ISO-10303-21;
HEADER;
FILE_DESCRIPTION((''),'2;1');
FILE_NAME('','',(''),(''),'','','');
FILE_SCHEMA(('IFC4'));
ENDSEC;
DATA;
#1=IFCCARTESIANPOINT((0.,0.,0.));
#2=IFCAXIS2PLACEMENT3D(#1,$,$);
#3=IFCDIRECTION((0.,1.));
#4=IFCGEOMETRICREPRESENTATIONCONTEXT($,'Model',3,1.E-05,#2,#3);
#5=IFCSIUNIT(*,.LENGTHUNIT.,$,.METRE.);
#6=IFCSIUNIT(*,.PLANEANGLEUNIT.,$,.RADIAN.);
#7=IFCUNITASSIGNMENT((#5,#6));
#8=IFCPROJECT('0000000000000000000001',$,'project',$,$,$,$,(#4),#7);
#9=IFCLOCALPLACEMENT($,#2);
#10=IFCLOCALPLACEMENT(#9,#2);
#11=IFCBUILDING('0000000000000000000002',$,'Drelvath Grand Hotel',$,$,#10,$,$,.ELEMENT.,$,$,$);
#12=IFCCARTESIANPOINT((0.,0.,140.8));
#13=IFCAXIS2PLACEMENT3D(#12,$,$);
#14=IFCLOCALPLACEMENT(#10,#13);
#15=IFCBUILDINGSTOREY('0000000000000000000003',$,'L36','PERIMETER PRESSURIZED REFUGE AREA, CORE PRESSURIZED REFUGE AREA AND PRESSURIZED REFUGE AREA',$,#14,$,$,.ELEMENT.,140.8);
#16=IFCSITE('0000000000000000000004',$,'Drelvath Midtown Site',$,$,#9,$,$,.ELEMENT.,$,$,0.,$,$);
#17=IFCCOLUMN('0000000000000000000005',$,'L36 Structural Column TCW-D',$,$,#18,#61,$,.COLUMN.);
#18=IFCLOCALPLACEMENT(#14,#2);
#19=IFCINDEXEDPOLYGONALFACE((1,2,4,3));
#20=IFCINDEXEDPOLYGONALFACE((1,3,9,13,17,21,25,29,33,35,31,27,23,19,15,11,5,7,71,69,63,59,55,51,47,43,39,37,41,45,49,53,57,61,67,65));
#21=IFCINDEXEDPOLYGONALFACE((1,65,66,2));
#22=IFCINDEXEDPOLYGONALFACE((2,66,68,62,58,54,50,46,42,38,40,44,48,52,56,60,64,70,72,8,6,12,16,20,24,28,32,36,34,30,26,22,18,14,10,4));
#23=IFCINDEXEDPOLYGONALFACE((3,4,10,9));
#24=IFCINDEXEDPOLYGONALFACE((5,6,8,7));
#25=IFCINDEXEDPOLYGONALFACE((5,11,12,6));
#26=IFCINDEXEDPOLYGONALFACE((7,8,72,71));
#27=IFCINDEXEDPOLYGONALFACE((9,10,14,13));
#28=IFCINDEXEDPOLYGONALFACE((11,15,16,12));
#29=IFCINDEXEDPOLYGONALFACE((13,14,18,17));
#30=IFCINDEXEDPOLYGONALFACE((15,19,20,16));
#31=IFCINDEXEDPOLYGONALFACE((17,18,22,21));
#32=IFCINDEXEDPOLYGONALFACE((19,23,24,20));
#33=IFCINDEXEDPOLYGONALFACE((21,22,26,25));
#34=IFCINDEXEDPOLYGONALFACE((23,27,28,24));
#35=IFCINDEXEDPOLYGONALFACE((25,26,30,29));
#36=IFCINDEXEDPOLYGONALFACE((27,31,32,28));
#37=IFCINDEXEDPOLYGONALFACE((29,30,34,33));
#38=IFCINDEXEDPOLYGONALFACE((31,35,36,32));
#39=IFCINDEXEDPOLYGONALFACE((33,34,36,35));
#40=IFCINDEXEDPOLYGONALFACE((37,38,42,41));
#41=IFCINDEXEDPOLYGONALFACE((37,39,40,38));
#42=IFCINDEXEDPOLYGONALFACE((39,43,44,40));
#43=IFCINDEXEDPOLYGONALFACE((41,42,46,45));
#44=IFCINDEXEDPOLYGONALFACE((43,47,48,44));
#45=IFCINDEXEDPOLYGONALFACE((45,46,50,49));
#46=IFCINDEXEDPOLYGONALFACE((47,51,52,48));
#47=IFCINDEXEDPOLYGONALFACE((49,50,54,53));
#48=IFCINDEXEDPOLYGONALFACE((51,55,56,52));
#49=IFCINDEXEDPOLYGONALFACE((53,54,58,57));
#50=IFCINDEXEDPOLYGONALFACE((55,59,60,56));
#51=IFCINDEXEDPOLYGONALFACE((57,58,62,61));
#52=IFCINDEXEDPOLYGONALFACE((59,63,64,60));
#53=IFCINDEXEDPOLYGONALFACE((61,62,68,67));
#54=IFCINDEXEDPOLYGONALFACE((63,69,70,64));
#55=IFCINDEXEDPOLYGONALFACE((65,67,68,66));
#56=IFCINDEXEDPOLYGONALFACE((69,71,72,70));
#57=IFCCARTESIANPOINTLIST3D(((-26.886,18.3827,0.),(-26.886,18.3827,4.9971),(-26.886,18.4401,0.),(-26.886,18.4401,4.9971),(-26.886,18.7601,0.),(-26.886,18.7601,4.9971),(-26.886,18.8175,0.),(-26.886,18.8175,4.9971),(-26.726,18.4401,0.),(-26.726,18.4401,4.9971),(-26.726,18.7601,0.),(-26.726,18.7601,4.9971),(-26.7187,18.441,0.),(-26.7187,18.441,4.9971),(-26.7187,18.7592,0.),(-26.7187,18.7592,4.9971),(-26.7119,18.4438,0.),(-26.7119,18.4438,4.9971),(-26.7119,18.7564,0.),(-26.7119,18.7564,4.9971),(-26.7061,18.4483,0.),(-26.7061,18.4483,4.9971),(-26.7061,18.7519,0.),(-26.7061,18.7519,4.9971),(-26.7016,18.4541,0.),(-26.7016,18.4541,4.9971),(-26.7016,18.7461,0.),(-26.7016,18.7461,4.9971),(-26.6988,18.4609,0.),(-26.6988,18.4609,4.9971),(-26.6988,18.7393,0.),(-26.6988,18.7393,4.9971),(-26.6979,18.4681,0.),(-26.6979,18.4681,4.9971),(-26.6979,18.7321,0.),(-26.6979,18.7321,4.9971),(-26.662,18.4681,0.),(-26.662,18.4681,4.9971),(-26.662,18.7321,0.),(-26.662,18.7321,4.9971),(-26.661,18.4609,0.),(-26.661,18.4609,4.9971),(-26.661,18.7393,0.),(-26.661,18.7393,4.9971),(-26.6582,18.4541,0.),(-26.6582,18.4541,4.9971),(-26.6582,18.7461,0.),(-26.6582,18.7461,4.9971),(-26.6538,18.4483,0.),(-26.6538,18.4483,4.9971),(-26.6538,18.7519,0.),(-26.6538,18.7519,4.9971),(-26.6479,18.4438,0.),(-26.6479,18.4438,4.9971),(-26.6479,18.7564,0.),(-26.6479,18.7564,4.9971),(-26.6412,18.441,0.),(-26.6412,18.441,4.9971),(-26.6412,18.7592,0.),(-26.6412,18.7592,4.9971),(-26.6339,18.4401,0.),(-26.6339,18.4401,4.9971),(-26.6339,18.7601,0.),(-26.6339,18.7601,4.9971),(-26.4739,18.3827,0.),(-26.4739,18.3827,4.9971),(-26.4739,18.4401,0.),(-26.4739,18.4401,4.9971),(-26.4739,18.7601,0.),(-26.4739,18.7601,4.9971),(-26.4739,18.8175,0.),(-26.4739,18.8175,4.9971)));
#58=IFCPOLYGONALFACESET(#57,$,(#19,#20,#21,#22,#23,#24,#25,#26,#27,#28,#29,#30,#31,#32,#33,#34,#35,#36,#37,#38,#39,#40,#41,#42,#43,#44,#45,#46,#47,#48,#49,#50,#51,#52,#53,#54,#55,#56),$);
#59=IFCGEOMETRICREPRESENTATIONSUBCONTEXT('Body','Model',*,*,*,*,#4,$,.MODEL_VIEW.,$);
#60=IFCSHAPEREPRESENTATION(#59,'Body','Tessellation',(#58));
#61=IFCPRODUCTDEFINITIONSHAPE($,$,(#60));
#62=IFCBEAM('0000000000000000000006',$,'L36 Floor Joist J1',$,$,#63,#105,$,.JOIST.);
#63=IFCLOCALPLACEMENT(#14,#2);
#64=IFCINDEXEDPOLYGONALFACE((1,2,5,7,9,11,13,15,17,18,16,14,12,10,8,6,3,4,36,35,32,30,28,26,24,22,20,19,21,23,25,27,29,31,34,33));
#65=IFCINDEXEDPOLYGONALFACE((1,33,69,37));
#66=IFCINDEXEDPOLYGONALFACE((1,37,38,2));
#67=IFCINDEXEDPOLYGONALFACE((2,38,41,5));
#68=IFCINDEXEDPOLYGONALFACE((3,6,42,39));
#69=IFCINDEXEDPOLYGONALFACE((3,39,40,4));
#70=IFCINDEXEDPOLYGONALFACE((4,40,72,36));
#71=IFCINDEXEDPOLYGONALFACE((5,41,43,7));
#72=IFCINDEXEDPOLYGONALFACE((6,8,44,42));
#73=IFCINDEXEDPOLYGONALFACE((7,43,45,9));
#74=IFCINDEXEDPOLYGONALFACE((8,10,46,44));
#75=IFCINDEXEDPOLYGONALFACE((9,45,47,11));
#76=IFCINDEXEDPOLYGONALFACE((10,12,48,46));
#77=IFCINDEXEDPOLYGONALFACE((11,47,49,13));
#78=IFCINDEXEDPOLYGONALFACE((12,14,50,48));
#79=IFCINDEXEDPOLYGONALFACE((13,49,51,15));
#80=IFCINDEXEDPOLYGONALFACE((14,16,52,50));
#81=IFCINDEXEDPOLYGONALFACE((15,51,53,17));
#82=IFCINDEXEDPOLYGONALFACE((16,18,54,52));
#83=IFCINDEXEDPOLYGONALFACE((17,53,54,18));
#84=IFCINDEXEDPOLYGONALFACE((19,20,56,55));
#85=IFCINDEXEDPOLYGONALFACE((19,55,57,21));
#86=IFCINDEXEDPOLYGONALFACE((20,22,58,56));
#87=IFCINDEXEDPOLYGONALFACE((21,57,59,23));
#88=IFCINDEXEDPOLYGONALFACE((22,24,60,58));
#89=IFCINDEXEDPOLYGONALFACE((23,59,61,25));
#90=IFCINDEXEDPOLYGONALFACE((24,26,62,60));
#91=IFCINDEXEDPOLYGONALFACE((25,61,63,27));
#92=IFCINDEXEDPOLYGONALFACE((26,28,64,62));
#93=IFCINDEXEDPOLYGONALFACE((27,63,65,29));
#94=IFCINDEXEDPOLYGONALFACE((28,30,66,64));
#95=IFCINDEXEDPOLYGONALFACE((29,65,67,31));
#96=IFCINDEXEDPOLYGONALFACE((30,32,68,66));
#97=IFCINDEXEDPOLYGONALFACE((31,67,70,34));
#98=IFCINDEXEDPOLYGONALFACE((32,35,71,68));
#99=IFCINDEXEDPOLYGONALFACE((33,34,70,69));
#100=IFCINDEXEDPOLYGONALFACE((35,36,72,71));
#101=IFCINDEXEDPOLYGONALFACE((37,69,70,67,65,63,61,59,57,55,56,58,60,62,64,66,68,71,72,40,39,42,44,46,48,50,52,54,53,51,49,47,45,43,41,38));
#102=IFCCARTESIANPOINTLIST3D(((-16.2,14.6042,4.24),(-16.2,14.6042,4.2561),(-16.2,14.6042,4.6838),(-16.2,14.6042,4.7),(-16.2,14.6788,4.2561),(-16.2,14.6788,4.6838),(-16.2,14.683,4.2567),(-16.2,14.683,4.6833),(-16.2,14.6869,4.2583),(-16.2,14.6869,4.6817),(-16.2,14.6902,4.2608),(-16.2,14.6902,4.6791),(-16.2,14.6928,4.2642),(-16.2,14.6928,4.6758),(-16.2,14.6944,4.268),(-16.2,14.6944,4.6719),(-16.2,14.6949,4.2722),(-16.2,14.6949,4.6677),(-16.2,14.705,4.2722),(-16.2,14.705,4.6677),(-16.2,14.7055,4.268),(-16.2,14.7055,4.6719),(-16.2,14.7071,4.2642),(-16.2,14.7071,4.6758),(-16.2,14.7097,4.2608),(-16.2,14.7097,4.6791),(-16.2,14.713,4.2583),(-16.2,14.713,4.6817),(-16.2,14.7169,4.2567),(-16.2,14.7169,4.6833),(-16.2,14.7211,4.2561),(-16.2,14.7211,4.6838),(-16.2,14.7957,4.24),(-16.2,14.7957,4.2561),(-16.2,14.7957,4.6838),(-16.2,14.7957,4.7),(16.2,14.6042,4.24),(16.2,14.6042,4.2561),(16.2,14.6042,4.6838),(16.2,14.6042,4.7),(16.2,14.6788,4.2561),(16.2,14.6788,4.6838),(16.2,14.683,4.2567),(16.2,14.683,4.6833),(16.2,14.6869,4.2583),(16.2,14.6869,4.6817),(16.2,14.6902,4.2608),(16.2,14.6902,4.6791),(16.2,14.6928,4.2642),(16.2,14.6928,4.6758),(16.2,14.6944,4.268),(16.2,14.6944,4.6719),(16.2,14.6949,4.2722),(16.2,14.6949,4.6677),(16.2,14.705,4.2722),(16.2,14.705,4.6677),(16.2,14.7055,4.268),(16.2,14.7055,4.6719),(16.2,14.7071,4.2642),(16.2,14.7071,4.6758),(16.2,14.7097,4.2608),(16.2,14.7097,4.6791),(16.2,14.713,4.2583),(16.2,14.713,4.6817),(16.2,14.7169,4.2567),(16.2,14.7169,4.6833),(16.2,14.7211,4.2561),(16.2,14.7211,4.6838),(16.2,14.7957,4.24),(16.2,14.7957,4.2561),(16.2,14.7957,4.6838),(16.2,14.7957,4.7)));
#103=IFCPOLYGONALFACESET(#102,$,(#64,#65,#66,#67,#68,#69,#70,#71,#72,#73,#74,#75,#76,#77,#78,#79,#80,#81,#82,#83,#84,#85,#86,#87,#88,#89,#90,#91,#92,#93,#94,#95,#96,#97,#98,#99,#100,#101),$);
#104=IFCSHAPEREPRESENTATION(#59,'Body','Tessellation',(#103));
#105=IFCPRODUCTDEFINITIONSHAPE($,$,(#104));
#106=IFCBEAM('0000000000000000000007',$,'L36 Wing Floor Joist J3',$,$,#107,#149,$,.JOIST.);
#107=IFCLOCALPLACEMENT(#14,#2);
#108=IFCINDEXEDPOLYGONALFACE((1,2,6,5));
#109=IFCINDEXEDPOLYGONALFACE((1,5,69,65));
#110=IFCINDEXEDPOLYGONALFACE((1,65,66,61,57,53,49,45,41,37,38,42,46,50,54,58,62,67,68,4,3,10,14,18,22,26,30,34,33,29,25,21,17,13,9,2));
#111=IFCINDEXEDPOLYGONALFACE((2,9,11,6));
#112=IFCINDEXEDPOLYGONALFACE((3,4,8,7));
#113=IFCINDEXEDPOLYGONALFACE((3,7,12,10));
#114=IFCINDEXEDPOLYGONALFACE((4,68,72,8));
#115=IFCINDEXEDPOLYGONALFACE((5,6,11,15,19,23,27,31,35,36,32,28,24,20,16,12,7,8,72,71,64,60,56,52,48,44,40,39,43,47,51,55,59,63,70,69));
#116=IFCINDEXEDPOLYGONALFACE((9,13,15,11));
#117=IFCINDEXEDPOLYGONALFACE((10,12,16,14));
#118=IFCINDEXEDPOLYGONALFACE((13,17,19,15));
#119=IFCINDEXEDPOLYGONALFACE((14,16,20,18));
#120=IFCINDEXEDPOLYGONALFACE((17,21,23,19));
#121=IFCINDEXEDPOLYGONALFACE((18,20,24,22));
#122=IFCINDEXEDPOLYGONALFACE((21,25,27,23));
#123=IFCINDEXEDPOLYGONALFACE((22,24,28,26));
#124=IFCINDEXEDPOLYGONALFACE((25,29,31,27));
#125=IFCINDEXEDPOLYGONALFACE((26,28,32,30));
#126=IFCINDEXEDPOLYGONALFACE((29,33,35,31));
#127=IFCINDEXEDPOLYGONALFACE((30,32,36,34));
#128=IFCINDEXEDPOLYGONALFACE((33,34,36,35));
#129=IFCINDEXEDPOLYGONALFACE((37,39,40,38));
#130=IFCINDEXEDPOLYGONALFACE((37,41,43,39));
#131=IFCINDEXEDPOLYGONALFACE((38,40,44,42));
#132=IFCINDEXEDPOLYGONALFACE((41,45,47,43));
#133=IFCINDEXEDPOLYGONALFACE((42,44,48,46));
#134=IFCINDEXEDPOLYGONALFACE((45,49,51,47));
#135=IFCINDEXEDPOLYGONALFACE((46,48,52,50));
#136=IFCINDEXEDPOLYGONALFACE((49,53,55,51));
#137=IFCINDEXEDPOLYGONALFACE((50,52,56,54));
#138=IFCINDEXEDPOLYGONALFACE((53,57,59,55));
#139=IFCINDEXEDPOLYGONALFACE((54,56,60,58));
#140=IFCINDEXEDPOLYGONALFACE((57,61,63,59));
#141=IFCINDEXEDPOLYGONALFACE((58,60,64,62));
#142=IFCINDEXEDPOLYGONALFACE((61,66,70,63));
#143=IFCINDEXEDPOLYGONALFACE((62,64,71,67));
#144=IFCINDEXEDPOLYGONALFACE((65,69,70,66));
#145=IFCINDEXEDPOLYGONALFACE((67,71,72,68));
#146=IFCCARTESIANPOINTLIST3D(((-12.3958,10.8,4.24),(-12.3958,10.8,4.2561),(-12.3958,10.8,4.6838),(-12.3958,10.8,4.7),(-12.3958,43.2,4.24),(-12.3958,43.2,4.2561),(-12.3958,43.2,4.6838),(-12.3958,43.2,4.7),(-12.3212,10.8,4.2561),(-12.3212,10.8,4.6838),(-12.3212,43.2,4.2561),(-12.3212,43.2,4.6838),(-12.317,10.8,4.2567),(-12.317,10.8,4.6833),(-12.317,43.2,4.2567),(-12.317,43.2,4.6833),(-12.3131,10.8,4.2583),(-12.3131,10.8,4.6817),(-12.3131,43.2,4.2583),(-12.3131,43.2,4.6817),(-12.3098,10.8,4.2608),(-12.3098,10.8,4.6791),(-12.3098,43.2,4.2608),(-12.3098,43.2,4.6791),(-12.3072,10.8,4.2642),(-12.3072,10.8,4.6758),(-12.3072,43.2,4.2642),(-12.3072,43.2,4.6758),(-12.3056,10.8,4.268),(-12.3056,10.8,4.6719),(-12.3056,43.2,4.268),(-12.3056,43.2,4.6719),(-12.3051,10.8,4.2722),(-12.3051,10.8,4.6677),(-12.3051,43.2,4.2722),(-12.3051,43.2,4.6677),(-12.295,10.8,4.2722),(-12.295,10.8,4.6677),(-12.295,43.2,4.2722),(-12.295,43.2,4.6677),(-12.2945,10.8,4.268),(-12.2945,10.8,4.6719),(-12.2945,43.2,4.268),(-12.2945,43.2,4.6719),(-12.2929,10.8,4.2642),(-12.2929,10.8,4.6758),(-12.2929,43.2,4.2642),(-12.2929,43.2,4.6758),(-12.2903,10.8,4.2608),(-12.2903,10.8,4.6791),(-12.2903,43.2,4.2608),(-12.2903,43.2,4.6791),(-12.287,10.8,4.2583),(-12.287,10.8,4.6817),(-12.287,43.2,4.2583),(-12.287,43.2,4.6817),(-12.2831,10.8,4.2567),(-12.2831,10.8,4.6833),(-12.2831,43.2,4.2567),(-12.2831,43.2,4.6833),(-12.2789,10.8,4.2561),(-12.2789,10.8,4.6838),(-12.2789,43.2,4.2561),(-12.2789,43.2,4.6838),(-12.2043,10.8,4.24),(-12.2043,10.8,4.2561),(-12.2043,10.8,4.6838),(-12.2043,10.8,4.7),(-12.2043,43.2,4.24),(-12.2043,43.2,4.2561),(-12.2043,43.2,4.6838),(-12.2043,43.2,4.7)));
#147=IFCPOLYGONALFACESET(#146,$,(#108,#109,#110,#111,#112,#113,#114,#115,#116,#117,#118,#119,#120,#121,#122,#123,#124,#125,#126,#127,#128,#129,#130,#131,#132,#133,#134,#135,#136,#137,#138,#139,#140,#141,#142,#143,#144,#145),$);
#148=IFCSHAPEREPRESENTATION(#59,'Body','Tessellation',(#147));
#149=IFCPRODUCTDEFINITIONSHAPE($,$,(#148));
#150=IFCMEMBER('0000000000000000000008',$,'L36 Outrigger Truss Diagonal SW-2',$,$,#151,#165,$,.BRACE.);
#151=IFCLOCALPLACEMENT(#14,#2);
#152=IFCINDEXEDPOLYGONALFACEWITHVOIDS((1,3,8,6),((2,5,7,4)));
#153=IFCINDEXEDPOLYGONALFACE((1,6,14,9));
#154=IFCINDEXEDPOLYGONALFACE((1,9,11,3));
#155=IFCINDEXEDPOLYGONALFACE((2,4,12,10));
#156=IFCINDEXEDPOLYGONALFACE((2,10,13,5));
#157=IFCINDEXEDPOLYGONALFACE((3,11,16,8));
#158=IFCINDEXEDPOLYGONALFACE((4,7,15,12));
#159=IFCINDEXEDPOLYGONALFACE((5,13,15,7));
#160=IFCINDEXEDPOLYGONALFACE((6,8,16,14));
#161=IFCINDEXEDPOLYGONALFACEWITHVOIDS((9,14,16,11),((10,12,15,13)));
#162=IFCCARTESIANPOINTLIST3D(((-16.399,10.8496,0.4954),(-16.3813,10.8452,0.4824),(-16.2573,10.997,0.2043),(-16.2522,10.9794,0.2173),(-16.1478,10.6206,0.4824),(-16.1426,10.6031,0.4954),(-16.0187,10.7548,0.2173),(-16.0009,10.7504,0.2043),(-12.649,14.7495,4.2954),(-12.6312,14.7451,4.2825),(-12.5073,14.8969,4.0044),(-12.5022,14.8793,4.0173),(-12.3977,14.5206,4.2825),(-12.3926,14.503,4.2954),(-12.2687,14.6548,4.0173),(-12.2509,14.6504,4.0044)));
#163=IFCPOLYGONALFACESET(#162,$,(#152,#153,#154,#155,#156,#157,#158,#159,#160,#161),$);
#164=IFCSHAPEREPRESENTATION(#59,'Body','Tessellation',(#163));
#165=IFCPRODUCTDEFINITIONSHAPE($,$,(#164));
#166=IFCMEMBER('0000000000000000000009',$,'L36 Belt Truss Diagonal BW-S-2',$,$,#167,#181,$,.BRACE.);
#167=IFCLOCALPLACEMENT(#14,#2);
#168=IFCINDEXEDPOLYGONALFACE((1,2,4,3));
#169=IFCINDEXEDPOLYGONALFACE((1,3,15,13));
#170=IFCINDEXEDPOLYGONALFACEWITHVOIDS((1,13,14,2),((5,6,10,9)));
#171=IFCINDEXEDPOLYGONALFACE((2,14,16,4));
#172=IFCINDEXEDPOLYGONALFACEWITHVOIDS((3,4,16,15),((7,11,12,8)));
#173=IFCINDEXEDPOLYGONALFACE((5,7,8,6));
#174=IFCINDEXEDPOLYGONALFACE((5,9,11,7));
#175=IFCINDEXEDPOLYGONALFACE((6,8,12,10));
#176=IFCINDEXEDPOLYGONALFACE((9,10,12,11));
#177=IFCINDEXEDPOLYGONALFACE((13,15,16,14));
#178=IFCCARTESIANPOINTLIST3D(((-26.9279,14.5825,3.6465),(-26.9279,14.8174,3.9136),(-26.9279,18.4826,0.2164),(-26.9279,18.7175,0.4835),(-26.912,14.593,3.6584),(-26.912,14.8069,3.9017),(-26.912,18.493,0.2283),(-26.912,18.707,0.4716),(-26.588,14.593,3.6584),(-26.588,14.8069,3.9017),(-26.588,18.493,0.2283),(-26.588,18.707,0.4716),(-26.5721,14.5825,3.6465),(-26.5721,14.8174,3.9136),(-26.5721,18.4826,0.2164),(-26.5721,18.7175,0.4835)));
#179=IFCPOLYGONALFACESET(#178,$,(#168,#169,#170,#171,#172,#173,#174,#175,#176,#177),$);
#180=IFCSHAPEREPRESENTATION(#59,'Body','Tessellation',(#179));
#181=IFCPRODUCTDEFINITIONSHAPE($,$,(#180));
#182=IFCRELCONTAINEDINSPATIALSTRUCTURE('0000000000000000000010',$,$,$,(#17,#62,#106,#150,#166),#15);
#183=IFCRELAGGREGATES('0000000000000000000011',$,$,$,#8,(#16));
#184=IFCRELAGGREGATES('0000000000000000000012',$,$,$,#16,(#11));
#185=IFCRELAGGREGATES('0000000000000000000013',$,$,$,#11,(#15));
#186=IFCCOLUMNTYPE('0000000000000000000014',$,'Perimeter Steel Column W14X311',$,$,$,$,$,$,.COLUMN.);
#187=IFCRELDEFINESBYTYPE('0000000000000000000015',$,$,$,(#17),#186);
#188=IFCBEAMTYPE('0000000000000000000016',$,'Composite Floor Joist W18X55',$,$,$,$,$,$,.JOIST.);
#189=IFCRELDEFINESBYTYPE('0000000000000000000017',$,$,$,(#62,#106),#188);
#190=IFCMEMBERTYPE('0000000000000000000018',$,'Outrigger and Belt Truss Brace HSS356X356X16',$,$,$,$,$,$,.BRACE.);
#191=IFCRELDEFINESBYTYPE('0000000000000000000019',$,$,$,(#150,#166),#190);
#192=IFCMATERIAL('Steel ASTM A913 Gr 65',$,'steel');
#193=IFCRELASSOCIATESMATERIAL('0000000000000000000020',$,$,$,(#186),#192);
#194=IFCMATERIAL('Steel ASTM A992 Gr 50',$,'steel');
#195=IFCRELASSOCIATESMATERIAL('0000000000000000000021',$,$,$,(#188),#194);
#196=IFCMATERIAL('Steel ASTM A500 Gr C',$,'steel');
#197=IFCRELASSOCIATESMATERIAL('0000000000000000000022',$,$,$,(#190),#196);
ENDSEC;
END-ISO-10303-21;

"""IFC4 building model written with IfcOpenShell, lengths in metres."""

from ifc_helpers import new_model, si_unit, direction, frame, origin, origin_2d, place, context, subcontext, project, spatial, hollow_rectangle, i_section, extrude, material, material_profile, profile_set, type_object, element, save


model = new_model("IFC4")

# Units and contexts
model_context = context("Model", 3, precision=1e-05, world=origin(), true_north=direction((0.0, 1.0)))
body_context = subcontext(model_context, "Body", "Model", "MODEL_VIEW")
ifc_project = project(units=[si_unit("LENGTHUNIT", "METRE"), si_unit("PLANEANGLEUNIT", "RADIAN")], contexts=[model_context])

# Site, building, storey
site_placement = place(None, origin())
site = spatial("IfcSite", under=ifc_project, at=site_placement, Name="Drelvath Midtown Site", CompositionType="ELEMENT", RefElevation=0.0)
building_placement = place(site_placement, origin())
building = spatial("IfcBuilding", under=site, at=building_placement, Name="Drelvath Grand Hotel", CompositionType="ELEMENT")
storey_placement = place(building_placement, frame((0.0, 0.0, 140.8)))
storey = spatial("IfcBuildingStorey", under=building, at=storey_placement, Name="L36", Description="PERIMETER PRESSURIZED REFUGE AREA, CORE PRESSURIZED REFUGE AREA AND PRESSURIZED REFUGE AREA", CompositionType="ELEMENT", Elevation=140.8)

# Column
ifc_material_1 = material(Name="Steel ASTM A913 Gr 65", Category="steel")
ifc_material_profile_1 = material_profile(ifc_material_1, i_section(OverallWidth=0.4121, OverallDepth=0.4348, WebThickness=0.0359, FlangeThickness=0.0574, FilletRadius=0.0281, at=origin_2d()), Name="W14X311")
ifc_profile_set_1 = profile_set([ifc_material_profile_1], Name="Steel ASTM A913 Gr 65")
column_type = type_object("IfcColumnType", Name="Perimeter Steel Column W14X311", PredefinedType="COLUMN", material=ifc_profile_set_1)
column_placement = place(storey_placement, frame((-26.6799, 18.6001, 0.0), z_axis=(0.0, 0.0, 1.0), x_axis=(1.0, 0.0, 0.0)))
element("IfcColumn", 1, at=column_placement, inside=storey, type_object=column_type, Name="L36 Structural Column TCW-D", PredefinedType="COLUMN", context=body_context, shape_type="SweptSolid", body=[
    extrude(i_section(OverallWidth=0.4121, OverallDepth=0.4348, WebThickness=0.0359, FlangeThickness=0.0574, FilletRadius=0.0281, at=origin_2d()), origin(), (0.0, 0.0, 1.0), 4.9971),
])

# Beams
ifc_material_2 = material(Name="Steel ASTM A992 Gr 50", Category="steel")
ifc_material_profile_2 = material_profile(ifc_material_2, i_section(OverallWidth=0.1914, OverallDepth=0.46, WebThickness=0.01, FlangeThickness=0.0161, FilletRadius=0.0161, at=origin_2d()), Name="W18X55")
ifc_profile_set_2 = profile_set([ifc_material_profile_2], Name="Steel ASTM A992 Gr 50")
beam_type_1 = type_object("IfcBeamType", Name="Composite Floor Joist W18X55", PredefinedType="JOIST", material=ifc_profile_set_2)
for number, where, z_axis, x_axis, name in (
    (2, (-16.2, 14.7, 4.47), (1.0, 0.0, 0.0), (0.0, 1.0, 0.0), "L36 Floor Joist J1"),
    (3, (-12.3, 10.8, 4.47), (0.0, 1.0, 0.0), (-1.0, 0.0, 0.0), "L36 Wing Floor Joist J3"),
):
    element("IfcBeam", number, at=place(storey_placement, frame(where, z_axis=z_axis, x_axis=x_axis)), inside=storey, type_object=beam_type_1, Name=name, PredefinedType="JOIST", context=body_context, shape_type="SweptSolid", body=[
        extrude(i_section(OverallWidth=0.1914, OverallDepth=0.46, WebThickness=0.01, FlangeThickness=0.0161, FilletRadius=0.0161, at=origin_2d()), origin(), (0.0, 0.0, 1.0), 32.3999),
    ])

# Members
ifc_material_3 = material(Name="Steel ASTM A500 Gr C", Category="steel")
ifc_material_profile_3 = material_profile(ifc_material_3, hollow_rectangle(XDim=0.3557, YDim=0.3557, WallThickness=0.0159, at=origin_2d()), Name="HSS356X356X16")
ifc_profile_set_3 = profile_set([ifc_material_profile_3], Name="Steel ASTM A500 Gr C")
member_type = type_object("IfcMemberType", Name="Outrigger and Belt Truss Brace HSS356X356X16", PredefinedType="BRACE", material=ifc_profile_set_3)
member_1_placement = place(storey_placement, frame((-12.45, 14.7, 4.1499), z_axis=(-0.567192, -0.589865, -0.574762), x_axis=(0.720824, -0.693118, 0.0)))
element("IfcMember", 4, at=member_1_placement, inside=storey, type_object=member_type, Name="L36 Outrigger Truss Diagonal SW-2", PredefinedType="BRACE", context=body_context, shape_type="SweptSolid", body=[
    extrude(hollow_rectangle(XDim=0.3557, YDim=0.3557, WallThickness=0.0159, at=origin_2d()), origin(), (0.0, 0.0, 1.0), 6.6116),
])
member_2_placement = place(storey_placement, frame((-26.75, 14.7, 3.78), z_axis=(0.0, 0.7509, -0.660416), x_axis=(-1.0, 0.0, 0.0)))
element("IfcMember", 5, at=member_2_placement, inside=storey, type_object=member_type, Name="L36 Belt Truss Diagonal BW-S-2", PredefinedType="BRACE", context=body_context, shape_type="SweptSolid", body=[
    extrude(hollow_rectangle(XDim=0.3557, YDim=0.3557, WallThickness=0.0159, at=origin_2d()), origin(), (0.0, 0.0, 1.0), 5.1938),
])

save(model, "model.ifc")
